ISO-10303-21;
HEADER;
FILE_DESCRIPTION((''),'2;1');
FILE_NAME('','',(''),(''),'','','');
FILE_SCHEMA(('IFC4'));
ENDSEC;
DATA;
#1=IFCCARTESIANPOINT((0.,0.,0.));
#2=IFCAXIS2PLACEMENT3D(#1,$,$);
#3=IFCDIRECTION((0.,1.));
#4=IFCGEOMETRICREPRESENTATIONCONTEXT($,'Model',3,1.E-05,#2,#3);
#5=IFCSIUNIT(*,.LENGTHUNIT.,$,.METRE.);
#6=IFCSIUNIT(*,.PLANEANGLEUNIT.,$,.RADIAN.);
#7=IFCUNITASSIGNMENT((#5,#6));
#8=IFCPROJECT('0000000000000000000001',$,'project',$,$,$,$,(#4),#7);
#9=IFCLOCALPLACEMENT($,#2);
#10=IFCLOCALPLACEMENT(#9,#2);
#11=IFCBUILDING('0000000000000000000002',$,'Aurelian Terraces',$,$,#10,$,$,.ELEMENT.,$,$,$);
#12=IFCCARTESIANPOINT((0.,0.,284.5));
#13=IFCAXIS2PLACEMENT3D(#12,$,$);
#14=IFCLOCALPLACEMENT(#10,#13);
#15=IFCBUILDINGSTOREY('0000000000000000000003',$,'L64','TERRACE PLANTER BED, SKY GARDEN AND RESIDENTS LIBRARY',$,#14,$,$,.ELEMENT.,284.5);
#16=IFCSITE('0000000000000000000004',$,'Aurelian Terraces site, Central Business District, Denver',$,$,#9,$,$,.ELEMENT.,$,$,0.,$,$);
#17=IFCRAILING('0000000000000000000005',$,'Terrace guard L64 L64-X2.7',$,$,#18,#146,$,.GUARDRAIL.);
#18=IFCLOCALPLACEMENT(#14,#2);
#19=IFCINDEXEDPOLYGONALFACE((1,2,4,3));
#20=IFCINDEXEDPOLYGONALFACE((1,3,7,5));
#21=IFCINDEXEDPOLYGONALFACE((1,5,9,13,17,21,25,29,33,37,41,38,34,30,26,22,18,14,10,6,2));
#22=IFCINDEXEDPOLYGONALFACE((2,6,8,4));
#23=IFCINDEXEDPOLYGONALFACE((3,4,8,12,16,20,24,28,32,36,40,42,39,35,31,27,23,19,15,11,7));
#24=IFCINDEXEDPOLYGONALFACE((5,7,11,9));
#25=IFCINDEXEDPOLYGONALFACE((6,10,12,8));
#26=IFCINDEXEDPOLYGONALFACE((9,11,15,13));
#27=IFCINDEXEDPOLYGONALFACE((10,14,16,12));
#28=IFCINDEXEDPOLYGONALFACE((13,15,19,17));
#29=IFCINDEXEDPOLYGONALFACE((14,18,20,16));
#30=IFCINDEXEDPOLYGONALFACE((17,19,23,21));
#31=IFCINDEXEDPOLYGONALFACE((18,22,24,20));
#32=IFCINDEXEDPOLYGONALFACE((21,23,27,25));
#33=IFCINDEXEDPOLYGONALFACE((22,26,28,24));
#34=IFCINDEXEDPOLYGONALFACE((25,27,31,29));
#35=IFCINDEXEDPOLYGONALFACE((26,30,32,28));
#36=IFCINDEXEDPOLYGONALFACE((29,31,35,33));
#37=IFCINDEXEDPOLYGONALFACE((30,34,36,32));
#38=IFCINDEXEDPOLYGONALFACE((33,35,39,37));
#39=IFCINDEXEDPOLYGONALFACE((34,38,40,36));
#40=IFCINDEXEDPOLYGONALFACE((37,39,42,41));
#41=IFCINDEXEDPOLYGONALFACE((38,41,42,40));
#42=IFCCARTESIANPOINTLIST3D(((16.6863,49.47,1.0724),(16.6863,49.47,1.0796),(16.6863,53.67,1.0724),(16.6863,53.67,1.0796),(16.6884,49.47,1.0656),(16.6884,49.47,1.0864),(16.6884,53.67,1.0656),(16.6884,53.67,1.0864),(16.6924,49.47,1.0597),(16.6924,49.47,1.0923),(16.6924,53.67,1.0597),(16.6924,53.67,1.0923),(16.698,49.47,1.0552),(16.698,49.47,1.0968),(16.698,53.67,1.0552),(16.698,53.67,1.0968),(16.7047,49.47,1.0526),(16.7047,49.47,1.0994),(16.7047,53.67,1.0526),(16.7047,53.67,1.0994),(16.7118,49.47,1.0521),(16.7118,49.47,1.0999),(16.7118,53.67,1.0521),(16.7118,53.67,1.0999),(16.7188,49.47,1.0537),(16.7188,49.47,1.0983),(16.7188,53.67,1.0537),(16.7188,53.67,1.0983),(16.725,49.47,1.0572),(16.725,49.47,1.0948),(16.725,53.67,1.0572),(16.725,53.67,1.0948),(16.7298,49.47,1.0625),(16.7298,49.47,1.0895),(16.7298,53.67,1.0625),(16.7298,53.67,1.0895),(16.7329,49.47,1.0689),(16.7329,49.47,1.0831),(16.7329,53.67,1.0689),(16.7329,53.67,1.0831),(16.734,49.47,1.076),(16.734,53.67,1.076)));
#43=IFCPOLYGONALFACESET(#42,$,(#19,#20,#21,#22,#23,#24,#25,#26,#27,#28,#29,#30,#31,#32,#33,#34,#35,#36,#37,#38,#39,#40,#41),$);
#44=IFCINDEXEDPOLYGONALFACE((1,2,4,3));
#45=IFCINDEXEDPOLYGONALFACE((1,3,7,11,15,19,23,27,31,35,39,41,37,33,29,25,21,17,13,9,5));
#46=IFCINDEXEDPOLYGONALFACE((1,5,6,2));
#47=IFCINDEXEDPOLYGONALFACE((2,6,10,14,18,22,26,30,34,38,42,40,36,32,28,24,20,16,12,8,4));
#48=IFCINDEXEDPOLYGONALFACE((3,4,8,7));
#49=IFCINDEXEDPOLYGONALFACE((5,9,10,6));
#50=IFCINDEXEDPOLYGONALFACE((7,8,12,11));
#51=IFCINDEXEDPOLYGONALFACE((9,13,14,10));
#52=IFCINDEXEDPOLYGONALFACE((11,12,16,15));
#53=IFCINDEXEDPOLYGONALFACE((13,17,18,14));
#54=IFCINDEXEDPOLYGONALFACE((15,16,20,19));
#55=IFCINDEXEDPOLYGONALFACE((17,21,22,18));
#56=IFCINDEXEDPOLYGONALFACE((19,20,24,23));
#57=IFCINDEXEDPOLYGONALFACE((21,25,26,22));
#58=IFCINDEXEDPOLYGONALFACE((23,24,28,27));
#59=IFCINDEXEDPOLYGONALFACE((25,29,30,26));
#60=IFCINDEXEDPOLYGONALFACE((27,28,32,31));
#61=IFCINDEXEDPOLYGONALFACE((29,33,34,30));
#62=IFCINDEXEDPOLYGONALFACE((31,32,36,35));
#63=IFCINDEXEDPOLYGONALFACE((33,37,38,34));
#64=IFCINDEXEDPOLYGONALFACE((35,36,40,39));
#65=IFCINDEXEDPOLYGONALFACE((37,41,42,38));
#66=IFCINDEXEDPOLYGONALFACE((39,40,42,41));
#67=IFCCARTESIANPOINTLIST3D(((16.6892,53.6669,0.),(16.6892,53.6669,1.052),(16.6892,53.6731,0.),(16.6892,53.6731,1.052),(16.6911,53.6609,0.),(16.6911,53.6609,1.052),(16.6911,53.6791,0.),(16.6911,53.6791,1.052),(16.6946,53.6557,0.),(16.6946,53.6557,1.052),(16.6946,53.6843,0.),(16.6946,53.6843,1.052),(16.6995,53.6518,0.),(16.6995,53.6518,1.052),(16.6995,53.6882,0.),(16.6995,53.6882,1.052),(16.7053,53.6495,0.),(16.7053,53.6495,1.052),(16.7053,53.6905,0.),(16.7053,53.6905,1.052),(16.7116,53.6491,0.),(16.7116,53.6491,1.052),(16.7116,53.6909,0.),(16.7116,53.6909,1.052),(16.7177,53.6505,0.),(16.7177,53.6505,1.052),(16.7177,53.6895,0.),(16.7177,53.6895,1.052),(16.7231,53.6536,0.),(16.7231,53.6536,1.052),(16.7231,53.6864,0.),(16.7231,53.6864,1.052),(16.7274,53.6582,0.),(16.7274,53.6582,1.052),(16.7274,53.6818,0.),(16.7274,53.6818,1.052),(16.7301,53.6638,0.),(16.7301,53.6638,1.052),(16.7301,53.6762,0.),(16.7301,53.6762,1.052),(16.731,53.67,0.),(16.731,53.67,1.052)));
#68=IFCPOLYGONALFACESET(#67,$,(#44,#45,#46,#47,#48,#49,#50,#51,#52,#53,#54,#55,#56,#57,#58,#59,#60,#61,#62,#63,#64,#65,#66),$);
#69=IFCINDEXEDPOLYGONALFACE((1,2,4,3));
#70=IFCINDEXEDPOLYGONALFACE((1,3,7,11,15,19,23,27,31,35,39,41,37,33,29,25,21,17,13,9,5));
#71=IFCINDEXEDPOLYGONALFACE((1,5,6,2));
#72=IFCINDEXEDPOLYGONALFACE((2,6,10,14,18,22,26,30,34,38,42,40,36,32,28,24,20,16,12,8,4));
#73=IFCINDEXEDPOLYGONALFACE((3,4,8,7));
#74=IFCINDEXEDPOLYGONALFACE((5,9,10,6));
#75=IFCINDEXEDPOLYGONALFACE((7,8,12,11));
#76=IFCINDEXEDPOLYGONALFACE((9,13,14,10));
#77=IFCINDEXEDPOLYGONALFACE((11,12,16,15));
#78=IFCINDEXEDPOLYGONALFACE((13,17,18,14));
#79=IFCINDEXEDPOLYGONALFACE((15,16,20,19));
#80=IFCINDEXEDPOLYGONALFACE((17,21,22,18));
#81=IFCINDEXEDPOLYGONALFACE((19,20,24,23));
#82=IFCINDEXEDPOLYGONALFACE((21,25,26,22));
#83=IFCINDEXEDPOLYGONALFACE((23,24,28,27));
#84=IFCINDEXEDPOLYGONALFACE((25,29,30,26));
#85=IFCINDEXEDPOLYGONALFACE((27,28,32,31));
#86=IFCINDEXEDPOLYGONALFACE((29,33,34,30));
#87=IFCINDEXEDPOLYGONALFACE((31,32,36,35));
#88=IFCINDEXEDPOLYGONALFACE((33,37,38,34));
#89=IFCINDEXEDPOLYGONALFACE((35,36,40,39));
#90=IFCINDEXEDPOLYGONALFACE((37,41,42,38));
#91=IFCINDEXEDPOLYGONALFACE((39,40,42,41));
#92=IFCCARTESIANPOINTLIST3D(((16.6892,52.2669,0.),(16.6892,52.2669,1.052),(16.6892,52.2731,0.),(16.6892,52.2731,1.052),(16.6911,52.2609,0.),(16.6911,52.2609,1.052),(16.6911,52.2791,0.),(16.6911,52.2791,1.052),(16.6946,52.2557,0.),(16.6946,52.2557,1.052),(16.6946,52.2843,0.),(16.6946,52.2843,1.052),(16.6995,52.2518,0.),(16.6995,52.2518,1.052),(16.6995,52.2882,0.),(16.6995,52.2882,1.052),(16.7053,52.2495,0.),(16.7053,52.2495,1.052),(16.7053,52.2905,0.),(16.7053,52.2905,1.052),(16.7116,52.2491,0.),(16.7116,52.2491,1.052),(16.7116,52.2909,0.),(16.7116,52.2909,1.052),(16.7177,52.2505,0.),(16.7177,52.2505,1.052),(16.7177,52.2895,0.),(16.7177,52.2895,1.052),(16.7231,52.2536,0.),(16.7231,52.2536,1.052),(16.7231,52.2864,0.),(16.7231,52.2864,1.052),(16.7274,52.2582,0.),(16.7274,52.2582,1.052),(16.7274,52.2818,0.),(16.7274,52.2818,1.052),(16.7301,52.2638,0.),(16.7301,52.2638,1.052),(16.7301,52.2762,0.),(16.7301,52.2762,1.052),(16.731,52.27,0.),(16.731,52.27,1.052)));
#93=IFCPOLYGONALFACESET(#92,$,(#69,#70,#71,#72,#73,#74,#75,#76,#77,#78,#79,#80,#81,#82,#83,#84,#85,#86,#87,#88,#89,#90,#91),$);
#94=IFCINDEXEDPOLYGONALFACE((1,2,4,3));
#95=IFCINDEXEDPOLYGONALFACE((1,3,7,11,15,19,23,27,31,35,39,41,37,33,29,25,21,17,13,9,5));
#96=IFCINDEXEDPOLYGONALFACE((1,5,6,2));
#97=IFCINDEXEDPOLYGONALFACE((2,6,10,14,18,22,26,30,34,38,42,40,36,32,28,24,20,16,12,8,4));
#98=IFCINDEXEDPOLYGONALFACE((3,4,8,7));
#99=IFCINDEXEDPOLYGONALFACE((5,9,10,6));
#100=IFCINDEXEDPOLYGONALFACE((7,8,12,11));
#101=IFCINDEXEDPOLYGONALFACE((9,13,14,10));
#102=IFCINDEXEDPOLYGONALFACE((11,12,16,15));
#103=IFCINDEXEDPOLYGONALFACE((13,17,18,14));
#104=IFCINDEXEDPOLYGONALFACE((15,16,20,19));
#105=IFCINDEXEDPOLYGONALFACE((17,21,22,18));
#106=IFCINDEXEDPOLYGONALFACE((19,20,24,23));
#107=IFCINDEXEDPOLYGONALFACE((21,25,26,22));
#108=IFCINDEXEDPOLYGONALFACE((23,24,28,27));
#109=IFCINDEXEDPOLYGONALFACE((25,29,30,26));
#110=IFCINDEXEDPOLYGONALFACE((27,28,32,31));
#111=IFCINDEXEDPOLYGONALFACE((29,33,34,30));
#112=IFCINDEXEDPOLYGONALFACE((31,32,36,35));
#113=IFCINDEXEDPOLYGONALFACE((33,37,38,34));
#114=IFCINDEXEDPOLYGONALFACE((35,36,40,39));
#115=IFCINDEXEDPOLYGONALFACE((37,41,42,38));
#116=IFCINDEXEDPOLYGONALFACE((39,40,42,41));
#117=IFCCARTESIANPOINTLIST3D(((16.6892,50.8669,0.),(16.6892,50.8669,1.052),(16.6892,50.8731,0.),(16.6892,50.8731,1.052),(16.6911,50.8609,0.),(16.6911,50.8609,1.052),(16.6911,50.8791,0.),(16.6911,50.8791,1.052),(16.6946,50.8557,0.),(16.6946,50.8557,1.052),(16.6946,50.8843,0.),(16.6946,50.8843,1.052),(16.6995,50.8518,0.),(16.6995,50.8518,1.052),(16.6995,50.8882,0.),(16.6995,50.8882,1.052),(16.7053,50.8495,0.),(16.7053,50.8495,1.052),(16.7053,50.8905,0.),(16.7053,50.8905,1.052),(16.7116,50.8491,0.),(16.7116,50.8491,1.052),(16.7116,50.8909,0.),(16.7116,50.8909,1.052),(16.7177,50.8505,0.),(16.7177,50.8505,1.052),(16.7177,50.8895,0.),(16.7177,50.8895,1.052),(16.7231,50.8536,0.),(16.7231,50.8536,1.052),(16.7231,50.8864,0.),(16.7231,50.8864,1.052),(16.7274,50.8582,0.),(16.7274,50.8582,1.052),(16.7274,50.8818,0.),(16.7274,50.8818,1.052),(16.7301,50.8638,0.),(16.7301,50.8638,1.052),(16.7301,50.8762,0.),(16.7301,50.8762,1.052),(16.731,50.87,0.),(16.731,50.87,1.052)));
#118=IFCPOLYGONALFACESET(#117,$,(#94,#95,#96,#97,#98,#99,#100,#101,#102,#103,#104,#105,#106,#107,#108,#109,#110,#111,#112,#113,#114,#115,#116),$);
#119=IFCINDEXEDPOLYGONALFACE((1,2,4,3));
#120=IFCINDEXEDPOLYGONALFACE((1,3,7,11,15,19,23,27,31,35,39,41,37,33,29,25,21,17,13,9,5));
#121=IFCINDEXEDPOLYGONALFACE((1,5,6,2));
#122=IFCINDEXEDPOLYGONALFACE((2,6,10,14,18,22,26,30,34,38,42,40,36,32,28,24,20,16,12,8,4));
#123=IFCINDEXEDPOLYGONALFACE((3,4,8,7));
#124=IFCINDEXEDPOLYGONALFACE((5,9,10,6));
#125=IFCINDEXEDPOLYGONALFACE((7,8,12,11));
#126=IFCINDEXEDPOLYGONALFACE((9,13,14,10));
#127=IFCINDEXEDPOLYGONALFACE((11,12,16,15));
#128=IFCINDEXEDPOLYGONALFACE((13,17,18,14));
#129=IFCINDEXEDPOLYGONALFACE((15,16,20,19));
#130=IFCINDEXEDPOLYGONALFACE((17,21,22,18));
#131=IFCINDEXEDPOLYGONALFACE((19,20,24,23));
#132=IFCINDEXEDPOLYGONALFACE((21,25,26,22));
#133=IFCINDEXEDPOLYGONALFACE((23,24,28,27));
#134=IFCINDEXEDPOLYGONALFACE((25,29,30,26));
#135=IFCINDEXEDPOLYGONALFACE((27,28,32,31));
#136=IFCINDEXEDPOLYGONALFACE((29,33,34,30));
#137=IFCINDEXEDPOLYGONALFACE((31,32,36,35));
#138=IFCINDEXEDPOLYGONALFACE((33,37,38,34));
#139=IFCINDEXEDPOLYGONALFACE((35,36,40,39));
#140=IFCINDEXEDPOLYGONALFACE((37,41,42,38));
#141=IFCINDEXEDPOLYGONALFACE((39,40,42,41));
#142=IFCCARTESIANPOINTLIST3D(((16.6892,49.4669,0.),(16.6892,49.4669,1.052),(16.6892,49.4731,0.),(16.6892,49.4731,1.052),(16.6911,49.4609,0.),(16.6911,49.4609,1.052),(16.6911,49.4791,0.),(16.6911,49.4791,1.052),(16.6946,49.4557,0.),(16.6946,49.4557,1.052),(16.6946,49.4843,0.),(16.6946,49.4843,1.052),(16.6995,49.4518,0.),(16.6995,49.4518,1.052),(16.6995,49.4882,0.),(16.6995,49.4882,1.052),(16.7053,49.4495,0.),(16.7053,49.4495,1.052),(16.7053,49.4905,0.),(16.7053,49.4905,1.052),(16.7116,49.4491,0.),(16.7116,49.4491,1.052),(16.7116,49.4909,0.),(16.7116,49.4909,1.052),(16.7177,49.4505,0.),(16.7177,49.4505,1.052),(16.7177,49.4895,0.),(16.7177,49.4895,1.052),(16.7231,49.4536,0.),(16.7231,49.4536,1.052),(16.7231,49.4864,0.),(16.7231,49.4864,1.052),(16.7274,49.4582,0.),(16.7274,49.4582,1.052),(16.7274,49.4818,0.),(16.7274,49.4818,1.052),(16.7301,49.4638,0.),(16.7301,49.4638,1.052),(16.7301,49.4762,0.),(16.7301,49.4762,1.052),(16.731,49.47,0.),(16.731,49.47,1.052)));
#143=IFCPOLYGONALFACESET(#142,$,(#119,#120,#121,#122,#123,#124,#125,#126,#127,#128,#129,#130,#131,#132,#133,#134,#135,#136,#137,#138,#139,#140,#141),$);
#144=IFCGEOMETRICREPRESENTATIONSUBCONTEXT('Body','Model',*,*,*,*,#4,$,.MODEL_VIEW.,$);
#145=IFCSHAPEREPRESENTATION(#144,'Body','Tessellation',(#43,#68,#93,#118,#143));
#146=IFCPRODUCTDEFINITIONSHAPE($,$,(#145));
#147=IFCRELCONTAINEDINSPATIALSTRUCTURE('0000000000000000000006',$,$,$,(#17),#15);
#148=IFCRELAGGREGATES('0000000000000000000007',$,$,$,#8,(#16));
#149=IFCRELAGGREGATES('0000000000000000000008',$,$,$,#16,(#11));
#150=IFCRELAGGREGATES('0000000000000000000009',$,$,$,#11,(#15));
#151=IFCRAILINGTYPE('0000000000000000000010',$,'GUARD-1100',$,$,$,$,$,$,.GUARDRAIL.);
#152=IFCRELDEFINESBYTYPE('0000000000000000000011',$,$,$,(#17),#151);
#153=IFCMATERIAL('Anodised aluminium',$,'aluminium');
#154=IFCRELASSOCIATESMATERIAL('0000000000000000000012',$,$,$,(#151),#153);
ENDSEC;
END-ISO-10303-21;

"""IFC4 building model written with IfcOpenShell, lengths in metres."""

from ifc_helpers import new_model, si_unit, direction, frame, origin, origin_2d, place, context, subcontext, project, spatial, circle, extrude, source, transform, mapped, material, type_object, element, save


model = new_model("IFC4")

# Units and contexts
model_context = context("Model", 3, precision=1e-05, world=origin(), true_north=direction((0.0, 1.0)))
body_context = subcontext(model_context, "Body", "Model", "MODEL_VIEW")
ifc_project = project(units=[si_unit("LENGTHUNIT", "METRE"), si_unit("PLANEANGLEUNIT", "RADIAN")], contexts=[model_context])

# Site, building, storey
site_placement = place(None, origin())
site = spatial("IfcSite", under=ifc_project, at=site_placement, Name="Aurelian Terraces site, Central Business District, Denver", CompositionType="ELEMENT", RefElevation=0.0)
building_placement = place(site_placement, origin())
building = spatial("IfcBuilding", under=site, at=building_placement, Name="Aurelian Terraces", CompositionType="ELEMENT")
storey_placement = place(building_placement, frame((0.0, 0.0, 284.5)))
storey = spatial("IfcBuildingStorey", under=building, at=storey_placement, Name="L64", Description="TERRACE PLANTER BED, SKY GARDEN AND RESIDENTS LIBRARY", CompositionType="ELEMENT", Elevation=284.5)

# Railing
ifc_material_1 = material(Name="Anodised aluminium", Category="aluminium")
railing_type_1 = type_object("IfcRailingType", Name="GUARD-1100", PredefinedType="GUARDRAIL", material=ifc_material_1)
shared_shape_1 = source(origin(), body_context, "Body", "SweptSolid", [
    extrude(circle(Radius=0.024, at=origin_2d()), frame((0.0, 0.0, 1.076), z_axis=(0.0, -1.0, 0.0), x_axis=(1.0, 0.0, 0.0)), (0.0, 0.0, 1.0), 4.2),
    extrude(circle(Radius=0.021, at=origin_2d()), origin(), (0.0, 0.0, 1.0), 1.052),
    extrude(circle(Radius=0.021, at=origin_2d()), frame((0.0, -1.4, 0.0)), (0.0, 0.0, 1.0), 1.052),
    extrude(circle(Radius=0.021, at=origin_2d()), frame((0.0, -2.8, 0.0)), (0.0, 0.0, 1.0), 1.052),
    extrude(circle(Radius=0.021, at=origin_2d()), frame((0.0, -4.2, 0.0)), (0.0, 0.0, 1.0), 1.052),
])
railing_1_placement = place(storey_placement, frame((16.71, 53.67, 0.0)))
element("IfcRailing", 1, at=railing_1_placement, inside=storey, type_object=railing_type_1, Name="Terrace guard L64 L64-X2.7", PredefinedType="GUARDRAIL", context=body_context, shape_type="MappedRepresentation", body=[
    mapped(shared_shape_1, transform((0.0, 0.0, 0.0), scale=1.0)),
])

save(model, "model.ifc")
